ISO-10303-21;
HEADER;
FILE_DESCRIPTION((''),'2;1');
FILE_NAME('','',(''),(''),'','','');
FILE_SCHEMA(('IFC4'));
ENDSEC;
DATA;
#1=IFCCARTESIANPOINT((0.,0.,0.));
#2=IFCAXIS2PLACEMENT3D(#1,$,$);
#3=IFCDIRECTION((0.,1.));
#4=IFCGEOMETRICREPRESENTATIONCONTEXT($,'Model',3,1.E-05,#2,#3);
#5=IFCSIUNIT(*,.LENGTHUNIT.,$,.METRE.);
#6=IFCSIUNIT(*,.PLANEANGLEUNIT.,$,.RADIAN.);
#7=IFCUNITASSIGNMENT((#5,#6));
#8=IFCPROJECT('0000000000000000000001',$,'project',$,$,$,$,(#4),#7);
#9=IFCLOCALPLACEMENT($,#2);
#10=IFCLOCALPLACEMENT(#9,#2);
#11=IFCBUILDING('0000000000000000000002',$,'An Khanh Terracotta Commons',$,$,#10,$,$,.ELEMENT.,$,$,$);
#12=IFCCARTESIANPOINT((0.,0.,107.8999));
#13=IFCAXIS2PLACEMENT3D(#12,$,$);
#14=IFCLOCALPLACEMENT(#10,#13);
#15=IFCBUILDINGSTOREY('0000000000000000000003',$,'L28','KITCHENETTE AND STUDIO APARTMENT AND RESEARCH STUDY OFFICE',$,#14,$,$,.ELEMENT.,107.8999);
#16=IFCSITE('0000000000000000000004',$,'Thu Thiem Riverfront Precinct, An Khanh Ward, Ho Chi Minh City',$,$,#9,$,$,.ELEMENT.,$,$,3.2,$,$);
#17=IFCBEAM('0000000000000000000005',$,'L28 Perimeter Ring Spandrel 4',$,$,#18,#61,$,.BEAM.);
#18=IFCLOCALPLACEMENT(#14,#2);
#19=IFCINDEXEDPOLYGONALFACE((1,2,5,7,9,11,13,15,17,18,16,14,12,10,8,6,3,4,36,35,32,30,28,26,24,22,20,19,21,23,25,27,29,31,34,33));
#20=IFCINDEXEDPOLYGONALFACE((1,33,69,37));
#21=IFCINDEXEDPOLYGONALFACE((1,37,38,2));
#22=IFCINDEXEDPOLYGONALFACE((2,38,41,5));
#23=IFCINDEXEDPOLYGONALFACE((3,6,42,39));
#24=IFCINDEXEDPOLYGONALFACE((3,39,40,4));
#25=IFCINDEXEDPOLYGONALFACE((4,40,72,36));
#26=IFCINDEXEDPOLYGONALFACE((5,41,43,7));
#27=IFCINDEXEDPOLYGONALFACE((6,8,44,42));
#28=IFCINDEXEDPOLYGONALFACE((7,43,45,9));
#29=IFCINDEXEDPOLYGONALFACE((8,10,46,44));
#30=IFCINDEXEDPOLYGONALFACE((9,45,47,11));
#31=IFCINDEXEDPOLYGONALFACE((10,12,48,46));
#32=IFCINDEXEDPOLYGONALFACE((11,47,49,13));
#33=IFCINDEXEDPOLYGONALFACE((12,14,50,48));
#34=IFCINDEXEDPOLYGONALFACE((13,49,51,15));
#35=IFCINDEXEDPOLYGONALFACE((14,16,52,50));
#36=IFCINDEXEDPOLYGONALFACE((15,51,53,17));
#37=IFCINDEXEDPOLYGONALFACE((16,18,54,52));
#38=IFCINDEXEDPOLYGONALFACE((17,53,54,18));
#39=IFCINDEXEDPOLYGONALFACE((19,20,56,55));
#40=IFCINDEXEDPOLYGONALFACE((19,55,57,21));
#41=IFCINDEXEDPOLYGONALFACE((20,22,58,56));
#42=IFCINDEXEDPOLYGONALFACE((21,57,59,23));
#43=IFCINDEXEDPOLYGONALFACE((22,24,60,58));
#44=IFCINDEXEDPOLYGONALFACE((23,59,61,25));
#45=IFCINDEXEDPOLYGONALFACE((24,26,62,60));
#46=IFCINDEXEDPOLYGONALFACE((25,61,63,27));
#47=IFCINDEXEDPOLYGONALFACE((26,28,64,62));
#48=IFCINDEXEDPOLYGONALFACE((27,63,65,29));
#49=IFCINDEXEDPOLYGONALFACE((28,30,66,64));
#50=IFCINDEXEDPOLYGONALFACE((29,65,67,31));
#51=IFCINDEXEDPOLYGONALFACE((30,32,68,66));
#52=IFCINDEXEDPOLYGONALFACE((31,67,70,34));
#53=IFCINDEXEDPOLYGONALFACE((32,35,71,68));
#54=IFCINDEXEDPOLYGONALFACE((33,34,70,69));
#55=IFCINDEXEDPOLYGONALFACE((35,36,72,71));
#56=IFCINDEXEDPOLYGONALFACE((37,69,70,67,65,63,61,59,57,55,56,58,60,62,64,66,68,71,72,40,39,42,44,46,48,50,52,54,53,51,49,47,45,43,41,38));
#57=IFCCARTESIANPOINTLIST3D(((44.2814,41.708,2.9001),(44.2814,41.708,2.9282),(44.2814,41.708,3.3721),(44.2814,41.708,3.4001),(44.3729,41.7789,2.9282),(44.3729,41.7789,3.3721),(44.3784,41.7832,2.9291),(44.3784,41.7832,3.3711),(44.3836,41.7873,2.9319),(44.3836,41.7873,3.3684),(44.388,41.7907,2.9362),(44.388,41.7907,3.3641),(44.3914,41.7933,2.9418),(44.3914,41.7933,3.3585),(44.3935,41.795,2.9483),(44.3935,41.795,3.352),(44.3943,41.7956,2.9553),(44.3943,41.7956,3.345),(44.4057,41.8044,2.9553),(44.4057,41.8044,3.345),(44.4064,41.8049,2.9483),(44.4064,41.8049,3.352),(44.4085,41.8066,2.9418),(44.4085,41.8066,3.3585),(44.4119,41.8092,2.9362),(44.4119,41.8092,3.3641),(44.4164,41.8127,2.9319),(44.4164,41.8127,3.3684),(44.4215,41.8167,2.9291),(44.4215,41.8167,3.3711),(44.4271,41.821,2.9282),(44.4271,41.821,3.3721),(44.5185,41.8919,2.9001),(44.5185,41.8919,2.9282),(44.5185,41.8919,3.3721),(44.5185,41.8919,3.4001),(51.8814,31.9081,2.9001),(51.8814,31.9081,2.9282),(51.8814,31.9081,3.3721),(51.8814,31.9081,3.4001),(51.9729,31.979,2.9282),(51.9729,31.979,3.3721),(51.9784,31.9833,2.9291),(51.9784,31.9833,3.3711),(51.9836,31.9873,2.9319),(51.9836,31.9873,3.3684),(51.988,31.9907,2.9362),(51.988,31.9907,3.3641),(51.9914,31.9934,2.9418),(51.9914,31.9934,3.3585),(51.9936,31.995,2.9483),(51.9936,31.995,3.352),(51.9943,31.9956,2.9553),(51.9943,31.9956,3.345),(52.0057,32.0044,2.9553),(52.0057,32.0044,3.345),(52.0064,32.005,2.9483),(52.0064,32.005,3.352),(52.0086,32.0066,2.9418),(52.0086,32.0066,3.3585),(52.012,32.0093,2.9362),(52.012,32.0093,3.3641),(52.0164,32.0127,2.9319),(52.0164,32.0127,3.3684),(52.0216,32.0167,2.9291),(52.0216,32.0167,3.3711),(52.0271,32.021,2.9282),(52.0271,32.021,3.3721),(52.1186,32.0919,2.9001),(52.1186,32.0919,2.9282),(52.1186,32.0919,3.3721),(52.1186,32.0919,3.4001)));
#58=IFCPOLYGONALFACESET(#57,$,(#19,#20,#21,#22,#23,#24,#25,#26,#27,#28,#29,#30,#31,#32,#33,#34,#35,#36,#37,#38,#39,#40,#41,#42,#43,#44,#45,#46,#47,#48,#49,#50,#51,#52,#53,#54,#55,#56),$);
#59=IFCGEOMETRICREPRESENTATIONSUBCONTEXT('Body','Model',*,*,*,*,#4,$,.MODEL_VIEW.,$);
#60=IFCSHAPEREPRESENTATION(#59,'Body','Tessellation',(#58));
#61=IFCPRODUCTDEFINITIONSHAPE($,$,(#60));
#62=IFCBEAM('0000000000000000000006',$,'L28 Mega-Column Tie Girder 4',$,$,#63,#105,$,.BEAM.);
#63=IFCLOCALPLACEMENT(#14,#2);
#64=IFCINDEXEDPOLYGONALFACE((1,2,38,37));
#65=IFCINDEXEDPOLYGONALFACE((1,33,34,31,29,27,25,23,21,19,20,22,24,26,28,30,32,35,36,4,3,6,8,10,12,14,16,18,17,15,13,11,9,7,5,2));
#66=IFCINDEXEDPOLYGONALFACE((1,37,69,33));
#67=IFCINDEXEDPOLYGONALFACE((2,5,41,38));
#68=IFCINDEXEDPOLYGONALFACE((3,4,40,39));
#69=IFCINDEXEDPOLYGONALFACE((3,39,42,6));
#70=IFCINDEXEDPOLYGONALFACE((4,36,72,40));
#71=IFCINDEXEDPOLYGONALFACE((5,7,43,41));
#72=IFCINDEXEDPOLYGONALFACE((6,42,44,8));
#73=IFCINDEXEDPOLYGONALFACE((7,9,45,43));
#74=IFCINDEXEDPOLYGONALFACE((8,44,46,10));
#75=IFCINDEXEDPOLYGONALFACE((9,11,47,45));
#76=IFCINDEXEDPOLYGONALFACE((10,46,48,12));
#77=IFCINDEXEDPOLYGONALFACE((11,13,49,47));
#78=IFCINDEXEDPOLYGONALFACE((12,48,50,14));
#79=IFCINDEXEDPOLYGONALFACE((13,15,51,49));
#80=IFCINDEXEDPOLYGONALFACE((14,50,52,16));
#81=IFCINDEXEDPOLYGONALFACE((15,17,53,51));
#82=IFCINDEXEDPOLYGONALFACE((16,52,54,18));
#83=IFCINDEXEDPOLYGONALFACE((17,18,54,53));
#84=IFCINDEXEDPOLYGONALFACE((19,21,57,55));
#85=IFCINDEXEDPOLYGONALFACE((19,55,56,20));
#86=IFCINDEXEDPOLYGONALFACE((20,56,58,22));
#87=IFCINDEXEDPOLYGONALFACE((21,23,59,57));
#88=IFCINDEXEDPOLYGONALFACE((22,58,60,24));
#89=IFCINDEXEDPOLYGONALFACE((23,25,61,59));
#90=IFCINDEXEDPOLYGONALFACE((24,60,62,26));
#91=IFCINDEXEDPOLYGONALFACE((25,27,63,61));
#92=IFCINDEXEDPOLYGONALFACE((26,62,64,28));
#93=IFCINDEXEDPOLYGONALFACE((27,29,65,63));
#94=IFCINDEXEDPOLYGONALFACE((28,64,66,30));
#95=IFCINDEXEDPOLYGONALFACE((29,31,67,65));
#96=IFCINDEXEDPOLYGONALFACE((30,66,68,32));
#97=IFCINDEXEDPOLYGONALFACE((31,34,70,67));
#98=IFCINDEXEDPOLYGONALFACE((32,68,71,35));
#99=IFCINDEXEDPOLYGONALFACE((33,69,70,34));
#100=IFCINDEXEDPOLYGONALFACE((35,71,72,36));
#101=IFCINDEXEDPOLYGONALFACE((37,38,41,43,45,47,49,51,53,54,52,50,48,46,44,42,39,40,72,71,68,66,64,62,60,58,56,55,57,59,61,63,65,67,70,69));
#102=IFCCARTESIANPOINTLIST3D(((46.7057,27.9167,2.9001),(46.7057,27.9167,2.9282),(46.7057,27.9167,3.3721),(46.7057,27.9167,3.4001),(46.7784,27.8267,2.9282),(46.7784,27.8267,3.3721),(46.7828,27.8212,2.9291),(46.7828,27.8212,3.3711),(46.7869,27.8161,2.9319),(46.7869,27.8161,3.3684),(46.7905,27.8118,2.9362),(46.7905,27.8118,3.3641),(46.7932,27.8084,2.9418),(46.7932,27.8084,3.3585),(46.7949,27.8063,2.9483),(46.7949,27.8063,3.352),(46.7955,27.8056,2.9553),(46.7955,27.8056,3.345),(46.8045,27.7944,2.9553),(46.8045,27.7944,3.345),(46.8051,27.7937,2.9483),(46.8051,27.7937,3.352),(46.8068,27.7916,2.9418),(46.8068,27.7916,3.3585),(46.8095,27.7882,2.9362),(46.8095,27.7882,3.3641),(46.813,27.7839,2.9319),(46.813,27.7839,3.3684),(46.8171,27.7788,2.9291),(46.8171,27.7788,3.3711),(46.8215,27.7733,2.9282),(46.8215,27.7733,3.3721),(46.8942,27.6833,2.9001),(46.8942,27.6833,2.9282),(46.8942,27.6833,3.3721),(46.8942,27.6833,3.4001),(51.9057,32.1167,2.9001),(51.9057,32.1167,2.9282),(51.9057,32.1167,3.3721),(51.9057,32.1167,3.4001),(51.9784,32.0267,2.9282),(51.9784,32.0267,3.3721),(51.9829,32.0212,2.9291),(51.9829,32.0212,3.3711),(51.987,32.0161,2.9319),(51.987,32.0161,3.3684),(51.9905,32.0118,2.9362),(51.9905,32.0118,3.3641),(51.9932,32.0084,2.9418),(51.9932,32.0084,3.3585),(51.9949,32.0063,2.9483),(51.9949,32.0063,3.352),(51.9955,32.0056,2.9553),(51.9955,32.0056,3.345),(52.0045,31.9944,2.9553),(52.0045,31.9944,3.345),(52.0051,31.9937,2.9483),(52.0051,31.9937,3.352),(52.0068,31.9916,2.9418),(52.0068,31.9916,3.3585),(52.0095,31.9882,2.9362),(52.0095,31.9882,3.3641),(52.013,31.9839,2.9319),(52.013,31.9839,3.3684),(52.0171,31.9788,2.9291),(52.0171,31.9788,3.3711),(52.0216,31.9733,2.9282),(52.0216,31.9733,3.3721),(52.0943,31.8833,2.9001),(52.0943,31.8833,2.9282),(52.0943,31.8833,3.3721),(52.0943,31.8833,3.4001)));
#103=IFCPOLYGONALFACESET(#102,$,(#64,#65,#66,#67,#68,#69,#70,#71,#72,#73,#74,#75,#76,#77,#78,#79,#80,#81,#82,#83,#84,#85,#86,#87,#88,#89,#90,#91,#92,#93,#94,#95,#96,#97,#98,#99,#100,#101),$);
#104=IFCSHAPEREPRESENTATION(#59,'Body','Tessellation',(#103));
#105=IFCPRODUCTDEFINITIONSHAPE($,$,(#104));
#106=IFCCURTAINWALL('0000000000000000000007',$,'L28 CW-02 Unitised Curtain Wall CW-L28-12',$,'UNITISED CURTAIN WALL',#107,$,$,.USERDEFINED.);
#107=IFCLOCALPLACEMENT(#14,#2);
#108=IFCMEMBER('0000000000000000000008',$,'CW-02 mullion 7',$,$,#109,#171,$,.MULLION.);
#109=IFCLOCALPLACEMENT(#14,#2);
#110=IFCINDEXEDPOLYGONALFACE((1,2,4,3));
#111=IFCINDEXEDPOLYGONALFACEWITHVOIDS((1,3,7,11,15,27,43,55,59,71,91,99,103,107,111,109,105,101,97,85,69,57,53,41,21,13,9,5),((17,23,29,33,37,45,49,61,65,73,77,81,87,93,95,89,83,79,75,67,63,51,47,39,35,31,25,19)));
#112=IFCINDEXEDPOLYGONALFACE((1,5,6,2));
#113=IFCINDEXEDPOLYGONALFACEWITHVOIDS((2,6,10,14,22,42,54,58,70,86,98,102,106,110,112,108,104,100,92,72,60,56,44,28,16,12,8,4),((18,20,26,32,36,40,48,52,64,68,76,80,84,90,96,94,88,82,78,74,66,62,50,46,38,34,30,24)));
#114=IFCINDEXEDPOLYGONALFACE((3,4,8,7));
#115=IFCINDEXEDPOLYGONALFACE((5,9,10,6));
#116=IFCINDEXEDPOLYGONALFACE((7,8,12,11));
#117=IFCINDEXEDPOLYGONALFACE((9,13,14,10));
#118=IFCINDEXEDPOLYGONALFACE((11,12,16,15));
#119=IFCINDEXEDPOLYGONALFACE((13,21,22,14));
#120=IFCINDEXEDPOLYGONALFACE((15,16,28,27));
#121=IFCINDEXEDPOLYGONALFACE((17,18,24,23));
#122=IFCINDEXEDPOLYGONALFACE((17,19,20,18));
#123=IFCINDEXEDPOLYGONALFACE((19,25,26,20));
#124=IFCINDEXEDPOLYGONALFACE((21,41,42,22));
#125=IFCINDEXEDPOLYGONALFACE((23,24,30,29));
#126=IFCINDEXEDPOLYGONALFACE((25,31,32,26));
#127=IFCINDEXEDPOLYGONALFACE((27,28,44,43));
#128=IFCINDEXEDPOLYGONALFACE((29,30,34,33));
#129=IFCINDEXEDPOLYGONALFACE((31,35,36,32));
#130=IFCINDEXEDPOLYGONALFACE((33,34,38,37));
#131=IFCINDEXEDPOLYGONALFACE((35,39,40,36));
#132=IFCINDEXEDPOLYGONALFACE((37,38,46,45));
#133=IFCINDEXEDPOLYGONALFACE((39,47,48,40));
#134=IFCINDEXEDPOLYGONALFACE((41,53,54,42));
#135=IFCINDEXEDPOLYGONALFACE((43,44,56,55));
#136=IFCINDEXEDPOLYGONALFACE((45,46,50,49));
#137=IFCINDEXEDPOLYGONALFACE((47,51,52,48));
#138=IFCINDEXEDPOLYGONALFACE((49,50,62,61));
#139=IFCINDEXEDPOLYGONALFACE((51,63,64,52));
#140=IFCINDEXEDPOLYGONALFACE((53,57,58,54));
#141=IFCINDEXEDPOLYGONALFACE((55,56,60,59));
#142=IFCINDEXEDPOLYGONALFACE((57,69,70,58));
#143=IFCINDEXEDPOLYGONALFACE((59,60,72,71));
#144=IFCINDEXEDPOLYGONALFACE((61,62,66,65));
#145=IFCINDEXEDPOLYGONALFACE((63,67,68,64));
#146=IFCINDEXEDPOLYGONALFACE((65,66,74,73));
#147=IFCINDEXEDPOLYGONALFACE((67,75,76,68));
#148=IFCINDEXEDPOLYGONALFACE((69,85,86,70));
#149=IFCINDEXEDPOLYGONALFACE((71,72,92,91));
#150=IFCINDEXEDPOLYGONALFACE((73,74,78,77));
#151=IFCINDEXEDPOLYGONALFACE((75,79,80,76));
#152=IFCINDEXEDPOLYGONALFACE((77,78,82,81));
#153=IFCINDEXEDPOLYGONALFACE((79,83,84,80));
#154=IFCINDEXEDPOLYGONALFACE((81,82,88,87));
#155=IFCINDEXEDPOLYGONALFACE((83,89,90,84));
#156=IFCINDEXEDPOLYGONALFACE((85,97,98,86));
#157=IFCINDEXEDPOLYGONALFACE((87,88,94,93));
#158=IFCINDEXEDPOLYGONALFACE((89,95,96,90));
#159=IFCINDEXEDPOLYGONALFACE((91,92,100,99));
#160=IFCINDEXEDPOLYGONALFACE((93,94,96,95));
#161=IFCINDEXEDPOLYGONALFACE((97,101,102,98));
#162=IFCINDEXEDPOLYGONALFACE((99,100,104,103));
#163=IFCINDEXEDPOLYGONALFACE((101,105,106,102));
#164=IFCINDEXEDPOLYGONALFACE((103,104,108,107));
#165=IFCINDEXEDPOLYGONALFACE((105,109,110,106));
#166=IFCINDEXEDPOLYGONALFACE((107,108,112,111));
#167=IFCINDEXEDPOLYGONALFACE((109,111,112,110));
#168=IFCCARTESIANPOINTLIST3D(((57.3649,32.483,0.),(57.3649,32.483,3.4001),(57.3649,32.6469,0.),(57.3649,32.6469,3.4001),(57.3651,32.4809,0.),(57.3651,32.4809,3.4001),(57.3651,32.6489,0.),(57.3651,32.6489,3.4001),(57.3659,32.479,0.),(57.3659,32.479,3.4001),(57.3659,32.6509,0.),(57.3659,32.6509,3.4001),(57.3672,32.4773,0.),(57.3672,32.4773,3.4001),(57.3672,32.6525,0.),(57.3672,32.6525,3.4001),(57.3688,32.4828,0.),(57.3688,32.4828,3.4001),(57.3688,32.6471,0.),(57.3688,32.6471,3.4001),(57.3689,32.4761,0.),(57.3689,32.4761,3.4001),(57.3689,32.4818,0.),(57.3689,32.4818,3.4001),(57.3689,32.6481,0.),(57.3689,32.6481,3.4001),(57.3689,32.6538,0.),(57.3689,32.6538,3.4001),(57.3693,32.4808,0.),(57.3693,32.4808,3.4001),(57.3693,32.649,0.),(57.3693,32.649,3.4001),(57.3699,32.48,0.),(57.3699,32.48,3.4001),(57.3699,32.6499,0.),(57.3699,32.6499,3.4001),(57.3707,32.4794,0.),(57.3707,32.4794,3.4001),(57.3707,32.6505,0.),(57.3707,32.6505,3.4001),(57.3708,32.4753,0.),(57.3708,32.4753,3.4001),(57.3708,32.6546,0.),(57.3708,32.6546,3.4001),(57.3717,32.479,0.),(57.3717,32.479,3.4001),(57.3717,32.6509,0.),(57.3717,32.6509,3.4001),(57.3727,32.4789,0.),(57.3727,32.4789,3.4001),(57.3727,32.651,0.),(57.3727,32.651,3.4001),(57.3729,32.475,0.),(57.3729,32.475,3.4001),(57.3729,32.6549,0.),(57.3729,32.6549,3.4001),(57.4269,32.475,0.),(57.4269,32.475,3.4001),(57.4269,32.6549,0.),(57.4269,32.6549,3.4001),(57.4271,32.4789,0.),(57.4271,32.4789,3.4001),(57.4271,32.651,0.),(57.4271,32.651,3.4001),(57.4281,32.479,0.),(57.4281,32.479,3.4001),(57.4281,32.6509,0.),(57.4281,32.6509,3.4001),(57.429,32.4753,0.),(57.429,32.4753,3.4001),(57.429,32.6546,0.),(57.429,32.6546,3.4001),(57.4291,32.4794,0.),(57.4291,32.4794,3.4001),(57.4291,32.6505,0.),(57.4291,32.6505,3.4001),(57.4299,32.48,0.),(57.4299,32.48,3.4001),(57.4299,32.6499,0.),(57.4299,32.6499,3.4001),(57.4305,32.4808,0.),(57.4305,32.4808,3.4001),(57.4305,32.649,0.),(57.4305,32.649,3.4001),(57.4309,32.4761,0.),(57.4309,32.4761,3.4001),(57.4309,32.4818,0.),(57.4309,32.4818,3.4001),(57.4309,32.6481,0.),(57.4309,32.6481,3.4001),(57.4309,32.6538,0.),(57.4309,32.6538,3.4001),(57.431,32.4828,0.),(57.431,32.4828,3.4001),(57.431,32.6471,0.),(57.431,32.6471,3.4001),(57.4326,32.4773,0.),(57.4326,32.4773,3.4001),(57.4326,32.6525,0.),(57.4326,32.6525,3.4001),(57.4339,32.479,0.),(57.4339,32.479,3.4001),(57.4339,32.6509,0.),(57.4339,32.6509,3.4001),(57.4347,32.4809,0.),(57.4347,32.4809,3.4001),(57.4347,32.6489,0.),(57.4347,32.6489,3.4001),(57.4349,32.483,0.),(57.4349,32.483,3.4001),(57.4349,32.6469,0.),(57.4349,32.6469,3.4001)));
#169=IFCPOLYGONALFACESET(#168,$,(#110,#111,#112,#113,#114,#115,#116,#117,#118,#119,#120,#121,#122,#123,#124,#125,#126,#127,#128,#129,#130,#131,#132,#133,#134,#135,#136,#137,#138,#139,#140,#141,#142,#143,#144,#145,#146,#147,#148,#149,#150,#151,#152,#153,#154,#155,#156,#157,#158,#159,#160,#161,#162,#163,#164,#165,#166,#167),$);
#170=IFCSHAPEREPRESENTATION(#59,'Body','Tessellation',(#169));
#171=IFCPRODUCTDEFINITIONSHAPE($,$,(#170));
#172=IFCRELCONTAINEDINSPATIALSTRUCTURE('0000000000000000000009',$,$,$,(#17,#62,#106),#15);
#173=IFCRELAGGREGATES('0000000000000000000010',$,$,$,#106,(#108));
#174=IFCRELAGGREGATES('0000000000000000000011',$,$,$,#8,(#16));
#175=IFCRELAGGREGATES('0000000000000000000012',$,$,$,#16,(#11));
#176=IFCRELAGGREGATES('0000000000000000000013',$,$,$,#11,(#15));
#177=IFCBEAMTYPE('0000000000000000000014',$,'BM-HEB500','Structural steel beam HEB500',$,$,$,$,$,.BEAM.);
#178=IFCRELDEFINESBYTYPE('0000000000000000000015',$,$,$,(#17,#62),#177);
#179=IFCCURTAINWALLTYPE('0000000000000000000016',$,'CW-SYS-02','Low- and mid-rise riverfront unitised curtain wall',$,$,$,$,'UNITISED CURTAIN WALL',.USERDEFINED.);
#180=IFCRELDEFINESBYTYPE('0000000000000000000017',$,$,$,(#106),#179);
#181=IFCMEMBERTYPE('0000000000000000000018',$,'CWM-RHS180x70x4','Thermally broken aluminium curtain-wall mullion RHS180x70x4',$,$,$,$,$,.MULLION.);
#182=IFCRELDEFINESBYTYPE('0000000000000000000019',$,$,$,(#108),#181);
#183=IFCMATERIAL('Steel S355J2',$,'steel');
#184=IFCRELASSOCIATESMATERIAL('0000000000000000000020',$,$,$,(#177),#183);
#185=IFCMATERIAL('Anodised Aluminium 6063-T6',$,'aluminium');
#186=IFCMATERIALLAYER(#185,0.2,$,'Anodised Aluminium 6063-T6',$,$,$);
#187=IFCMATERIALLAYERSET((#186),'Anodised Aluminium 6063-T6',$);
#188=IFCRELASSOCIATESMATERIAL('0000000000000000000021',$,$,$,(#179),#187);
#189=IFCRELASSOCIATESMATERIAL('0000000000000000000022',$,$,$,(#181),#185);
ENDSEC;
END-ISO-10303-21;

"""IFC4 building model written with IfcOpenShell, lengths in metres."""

from ifc_helpers import new_model, si_unit, direction, frame, origin, origin_2d, place, context, subcontext, project, spatial, hollow_rectangle, i_section, extrude, material, layer, layer_set, material_profile, profile_set, type_object, element, aggregate, save


model = new_model("IFC4")

# Units and contexts
model_context = context("Model", 3, precision=1e-05, world=origin(), true_north=direction((0.0, 1.0)))
body_context = subcontext(model_context, "Body", "Model", "MODEL_VIEW")
ifc_project = project(units=[si_unit("LENGTHUNIT", "METRE"), si_unit("PLANEANGLEUNIT", "RADIAN")], contexts=[model_context])

# Site, building, storey
site_placement = place(None, origin())
site = spatial("IfcSite", under=ifc_project, at=site_placement, Name="Thu Thiem Riverfront Precinct, An Khanh Ward, Ho Chi Minh City", CompositionType="ELEMENT", RefElevation=3.2)
building_placement = place(site_placement, origin())
building = spatial("IfcBuilding", under=site, at=building_placement, Name="An Khanh Terracotta Commons", CompositionType="ELEMENT")
storey_placement = place(building_placement, frame((0.0, 0.0, 107.8999)))
storey = spatial("IfcBuildingStorey", under=building, at=storey_placement, Name="L28", Description="KITCHENETTE AND STUDIO APARTMENT AND RESEARCH STUDY OFFICE", CompositionType="ELEMENT", Elevation=107.8999)

# Beams
ifc_material_1 = material(Name="Steel S355J2", Category="steel")
ifc_material_profile_1 = material_profile(ifc_material_1, i_section(OverallWidth=0.3, OverallDepth=0.5, WebThickness=0.0144, FlangeThickness=0.0281, FilletRadius=0.0271, at=origin_2d()), Name="HEB500")
ifc_profile_set_1 = profile_set([ifc_material_profile_1], Name="Steel S355J2")
beam_type = type_object("IfcBeamType", Name="BM-HEB500", Description="Structural steel beam HEB500", PredefinedType="BEAM", material=ifc_profile_set_1)
beam_1_placement = place(storey_placement, frame((52.0, 32.0, 3.1501), z_axis=(-0.612827, 0.790217, 0.0), x_axis=(-0.790217, -0.612827, 0.0)))
element("IfcBeam", 1, at=beam_1_placement, inside=storey, type_object=beam_type, Name="L28 Perimeter Ring Spandrel 4", PredefinedType="BEAM", context=body_context, shape_type="SweptSolid", body=[
    extrude(i_section(OverallWidth=0.3, OverallDepth=0.5, WebThickness=0.0144, FlangeThickness=0.0281, FilletRadius=0.0271, at=origin_2d()), origin(), (0.0, 0.0, 1.0), 12.4016),
])
beam_2_placement = place(storey_placement, frame((52.0, 32.0, 3.1501), z_axis=(-0.777942, -0.628336, 0.0), x_axis=(0.628336, -0.777942, 0.0)))
element("IfcBeam", 2, at=beam_2_placement, inside=storey, type_object=beam_type, Name="L28 Mega-Column Tie Girder 4", PredefinedType="BEAM", context=body_context, shape_type="SweptSolid", body=[
    extrude(i_section(OverallWidth=0.3, OverallDepth=0.5, WebThickness=0.0144, FlangeThickness=0.0281, FilletRadius=0.0271, at=origin_2d()), origin(), (0.0, 0.0, 1.0), 6.6843),
])

# Curtain wall, member
ifc_material_2 = material(Name="Anodised Aluminium 6063-T6", Category="aluminium")
ifc_layer_1 = layer(ifc_material_2, 0.2, Name="Anodised Aluminium 6063-T6")
ifc_layer_set_1 = layer_set([ifc_layer_1], Name="Anodised Aluminium 6063-T6")
curtain_wall_type = type_object("IfcCurtainWallType", Name="CW-SYS-02", Description="Low- and mid-rise riverfront unitised curtain wall", ElementType="UNITISED CURTAIN WALL", PredefinedType="USERDEFINED", material=ifc_layer_set_1)
curtain_wall_1_placement = place(storey_placement, origin())
curtain_wall_1 = element("IfcCurtainWall", 3, at=curtain_wall_1_placement, inside=storey, type_object=curtain_wall_type, Name="L28 CW-02 Unitised Curtain Wall CW-L28-12", ObjectType="UNITISED CURTAIN WALL", PredefinedType="USERDEFINED")
ifc_material_profile_2 = material_profile(ifc_material_2, hollow_rectangle(XDim=0.0701, YDim=0.1799, WallThickness=0.0039, InnerFilletRadius=0.0039, OuterFilletRadius=0.0081, at=origin_2d()), Name="RHS180x70x4")
ifc_profile_set_2 = profile_set([ifc_material_profile_2], Name="Anodised Aluminium 6063-T6")
member_type_1 = type_object("IfcMemberType", Name="CWM-RHS180x70x4", Description="Thermally broken aluminium curtain-wall mullion RHS180x70x4", PredefinedType="MULLION", material=ifc_profile_set_2)
member_1_placement = place(storey_placement, frame((57.3999, 32.5649, 0.0), z_axis=(0.0, 0.0, 1.0), x_axis=(-1.0, 0.0, 0.0)))
member_1 = element("IfcMember", 4, at=member_1_placement, type_object=member_type_1, Name="CW-02 mullion 7", PredefinedType="MULLION", context=body_context, shape_type="SweptSolid", body=[
    extrude(hollow_rectangle(XDim=0.0701, YDim=0.1799, WallThickness=0.0039, InnerFilletRadius=0.0039, OuterFilletRadius=0.0081, at=origin_2d()), origin(), (0.0, 0.0, 1.0), 3.4001),
])
aggregate(curtain_wall_1, [member_1])

save(model, "model.ifc")
